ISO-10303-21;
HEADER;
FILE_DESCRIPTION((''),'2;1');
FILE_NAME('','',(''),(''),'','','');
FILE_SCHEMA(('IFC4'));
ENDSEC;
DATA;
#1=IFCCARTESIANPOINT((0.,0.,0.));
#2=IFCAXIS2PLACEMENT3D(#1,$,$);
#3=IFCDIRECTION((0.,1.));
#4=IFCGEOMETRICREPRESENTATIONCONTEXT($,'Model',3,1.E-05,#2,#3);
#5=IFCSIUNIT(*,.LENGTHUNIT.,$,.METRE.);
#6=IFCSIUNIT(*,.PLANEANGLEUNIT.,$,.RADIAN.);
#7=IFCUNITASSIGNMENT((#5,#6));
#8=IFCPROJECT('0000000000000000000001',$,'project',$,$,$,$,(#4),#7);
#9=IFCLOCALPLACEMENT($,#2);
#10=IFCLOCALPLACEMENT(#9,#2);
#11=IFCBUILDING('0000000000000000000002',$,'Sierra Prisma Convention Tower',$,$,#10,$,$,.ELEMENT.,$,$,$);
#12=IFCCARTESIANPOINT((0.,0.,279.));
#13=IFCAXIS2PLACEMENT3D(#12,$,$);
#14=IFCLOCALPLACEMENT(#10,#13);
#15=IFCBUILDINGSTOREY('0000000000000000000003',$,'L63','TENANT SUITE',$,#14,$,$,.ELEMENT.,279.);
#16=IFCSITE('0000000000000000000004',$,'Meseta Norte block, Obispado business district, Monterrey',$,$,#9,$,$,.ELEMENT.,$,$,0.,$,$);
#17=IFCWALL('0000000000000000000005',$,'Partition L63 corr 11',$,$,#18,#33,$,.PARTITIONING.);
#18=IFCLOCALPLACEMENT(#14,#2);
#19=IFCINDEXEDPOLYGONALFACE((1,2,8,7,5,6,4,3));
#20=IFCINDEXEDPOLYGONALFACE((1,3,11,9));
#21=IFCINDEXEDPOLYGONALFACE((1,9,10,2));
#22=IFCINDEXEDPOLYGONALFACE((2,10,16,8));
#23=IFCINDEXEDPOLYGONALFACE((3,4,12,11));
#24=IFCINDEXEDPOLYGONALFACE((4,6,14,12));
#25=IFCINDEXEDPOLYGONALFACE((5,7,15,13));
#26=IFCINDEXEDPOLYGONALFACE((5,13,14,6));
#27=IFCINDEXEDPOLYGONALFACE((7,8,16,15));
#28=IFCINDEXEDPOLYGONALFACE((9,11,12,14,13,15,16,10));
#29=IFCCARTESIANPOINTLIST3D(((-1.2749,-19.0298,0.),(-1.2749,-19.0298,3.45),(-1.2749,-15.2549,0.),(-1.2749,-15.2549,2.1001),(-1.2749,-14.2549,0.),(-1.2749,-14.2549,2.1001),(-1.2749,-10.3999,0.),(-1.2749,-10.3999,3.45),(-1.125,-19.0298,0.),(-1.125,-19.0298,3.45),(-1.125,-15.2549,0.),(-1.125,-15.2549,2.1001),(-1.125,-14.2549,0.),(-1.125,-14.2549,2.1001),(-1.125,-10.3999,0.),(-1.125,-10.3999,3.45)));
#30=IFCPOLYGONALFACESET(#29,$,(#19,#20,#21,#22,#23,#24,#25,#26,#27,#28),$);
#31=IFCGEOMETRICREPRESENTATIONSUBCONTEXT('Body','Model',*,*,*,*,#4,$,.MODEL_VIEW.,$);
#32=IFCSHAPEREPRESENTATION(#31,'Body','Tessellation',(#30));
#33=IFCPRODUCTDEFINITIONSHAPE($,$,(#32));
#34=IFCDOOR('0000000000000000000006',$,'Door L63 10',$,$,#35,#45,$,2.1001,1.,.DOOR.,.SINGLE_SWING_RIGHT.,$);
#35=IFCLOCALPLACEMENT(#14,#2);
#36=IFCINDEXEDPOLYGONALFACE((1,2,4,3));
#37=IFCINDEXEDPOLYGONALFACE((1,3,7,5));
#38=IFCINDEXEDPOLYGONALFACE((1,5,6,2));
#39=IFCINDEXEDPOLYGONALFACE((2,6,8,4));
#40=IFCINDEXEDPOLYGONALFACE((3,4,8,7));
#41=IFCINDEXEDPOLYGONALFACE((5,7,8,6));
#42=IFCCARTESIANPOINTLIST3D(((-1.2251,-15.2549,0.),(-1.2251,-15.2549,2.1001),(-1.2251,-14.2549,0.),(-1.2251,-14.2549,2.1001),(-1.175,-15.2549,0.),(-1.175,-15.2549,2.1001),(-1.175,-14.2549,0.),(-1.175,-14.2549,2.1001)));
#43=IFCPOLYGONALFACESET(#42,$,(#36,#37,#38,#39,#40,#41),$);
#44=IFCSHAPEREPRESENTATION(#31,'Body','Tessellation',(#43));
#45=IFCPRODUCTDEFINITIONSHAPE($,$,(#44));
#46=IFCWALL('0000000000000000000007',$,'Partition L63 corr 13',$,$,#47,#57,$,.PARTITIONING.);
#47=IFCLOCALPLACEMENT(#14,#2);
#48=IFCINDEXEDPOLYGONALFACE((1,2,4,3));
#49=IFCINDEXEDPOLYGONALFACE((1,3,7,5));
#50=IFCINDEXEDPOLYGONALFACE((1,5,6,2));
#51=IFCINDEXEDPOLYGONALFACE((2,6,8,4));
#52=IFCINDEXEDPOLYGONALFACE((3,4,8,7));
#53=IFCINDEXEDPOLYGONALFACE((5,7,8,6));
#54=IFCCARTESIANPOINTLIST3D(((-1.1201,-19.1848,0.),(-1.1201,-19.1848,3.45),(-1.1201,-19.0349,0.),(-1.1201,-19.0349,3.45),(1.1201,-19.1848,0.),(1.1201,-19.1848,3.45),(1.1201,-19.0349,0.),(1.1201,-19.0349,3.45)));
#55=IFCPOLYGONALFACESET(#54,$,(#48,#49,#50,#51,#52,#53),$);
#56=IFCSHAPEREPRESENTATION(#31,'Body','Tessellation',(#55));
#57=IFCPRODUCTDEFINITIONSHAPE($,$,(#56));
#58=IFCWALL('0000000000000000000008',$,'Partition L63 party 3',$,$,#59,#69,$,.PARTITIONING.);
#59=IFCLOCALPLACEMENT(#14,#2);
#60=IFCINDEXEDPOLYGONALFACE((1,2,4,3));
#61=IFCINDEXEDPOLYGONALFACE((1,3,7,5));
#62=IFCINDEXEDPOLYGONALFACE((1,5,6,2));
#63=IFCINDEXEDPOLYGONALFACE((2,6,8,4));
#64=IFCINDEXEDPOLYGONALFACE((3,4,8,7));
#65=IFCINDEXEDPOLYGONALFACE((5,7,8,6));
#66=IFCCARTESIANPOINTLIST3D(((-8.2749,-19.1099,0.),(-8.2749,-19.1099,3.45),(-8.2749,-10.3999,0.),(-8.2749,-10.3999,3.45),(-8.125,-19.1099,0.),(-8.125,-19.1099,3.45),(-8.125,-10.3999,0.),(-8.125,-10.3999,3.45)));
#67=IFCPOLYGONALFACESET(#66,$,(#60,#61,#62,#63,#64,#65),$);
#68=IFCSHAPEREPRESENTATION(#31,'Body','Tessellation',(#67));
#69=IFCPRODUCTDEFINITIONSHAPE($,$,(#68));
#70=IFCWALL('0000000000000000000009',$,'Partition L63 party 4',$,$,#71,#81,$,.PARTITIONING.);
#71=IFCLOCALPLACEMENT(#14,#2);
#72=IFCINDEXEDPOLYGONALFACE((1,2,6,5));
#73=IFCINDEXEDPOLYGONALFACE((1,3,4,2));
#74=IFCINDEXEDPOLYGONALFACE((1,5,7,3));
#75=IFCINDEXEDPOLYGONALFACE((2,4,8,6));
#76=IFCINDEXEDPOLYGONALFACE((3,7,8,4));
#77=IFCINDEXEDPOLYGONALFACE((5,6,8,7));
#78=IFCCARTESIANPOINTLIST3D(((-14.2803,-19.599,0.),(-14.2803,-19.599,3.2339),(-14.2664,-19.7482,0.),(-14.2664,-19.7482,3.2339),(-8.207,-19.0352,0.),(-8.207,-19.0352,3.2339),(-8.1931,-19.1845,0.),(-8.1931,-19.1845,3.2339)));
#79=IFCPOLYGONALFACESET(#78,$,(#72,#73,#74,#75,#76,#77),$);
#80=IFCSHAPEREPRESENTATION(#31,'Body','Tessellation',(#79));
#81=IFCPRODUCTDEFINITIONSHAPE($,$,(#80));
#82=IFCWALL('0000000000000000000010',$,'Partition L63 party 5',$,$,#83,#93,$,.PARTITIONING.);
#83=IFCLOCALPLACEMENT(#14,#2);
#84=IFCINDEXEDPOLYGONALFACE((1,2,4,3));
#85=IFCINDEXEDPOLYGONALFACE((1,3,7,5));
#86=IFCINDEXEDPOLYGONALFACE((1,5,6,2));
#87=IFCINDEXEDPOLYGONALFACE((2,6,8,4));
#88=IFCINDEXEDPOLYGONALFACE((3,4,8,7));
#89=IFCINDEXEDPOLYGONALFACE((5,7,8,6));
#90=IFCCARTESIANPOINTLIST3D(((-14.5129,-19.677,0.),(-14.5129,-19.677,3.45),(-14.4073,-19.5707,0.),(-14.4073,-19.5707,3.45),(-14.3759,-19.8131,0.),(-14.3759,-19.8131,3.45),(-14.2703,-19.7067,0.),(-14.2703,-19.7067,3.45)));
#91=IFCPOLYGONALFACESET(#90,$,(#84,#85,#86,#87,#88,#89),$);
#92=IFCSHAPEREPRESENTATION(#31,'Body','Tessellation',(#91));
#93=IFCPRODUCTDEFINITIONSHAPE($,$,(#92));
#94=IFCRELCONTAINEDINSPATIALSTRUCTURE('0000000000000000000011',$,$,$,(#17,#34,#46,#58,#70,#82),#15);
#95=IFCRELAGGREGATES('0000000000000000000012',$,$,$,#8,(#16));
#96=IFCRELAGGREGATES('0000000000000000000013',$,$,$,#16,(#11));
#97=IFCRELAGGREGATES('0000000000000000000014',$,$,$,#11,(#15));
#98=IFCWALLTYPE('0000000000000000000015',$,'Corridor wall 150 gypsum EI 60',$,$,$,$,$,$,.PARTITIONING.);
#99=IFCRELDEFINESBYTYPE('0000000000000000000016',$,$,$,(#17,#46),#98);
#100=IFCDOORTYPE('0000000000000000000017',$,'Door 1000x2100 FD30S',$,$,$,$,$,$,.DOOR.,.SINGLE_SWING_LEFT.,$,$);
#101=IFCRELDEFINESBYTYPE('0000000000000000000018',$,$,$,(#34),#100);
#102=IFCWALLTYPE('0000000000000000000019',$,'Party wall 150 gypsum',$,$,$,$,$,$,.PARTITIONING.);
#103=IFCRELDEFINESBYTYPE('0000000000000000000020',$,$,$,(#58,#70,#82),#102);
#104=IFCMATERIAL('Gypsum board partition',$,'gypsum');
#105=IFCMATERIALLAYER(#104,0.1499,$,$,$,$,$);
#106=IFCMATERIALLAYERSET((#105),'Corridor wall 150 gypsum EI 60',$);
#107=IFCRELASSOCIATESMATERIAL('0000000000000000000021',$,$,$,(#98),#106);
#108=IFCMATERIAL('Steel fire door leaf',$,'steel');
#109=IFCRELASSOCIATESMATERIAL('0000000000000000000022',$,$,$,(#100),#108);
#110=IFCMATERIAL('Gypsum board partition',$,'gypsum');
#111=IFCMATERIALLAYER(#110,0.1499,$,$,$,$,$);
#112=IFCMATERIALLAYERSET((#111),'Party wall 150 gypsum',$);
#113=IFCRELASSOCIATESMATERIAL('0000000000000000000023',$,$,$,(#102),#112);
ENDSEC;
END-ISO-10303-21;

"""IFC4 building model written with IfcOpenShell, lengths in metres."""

from ifc_helpers import new_model, si_unit, direction, frame, frame_2d, origin, place, context, subcontext, project, spatial, rectangle, extrude, material, layer, layer_set, type_object, element, fill, save


model = new_model("IFC4")

# Units and contexts
model_context = context("Model", 3, precision=1e-05, world=origin(), true_north=direction((0.0, 1.0)))
body_context = subcontext(model_context, "Body", "Model", "MODEL_VIEW")
ifc_project = project(units=[si_unit("LENGTHUNIT", "METRE"), si_unit("PLANEANGLEUNIT", "RADIAN")], contexts=[model_context])

# Site, building, storey
site_placement = place(None, origin())
site = spatial("IfcSite", under=ifc_project, at=site_placement, Name="Meseta Norte block, Obispado business district, Monterrey", CompositionType="ELEMENT", RefElevation=0.0)
building_placement = place(site_placement, origin())
building = spatial("IfcBuilding", under=site, at=building_placement, Name="Sierra Prisma Convention Tower", CompositionType="ELEMENT")
storey_placement = place(building_placement, frame((0.0, 0.0, 279.0)))
storey = spatial("IfcBuildingStorey", under=building, at=storey_placement, Name="L63", Description="TENANT SUITE", CompositionType="ELEMENT", Elevation=279.0)

# Shared definitions
ifc_material_1 = material(Name="Gypsum board partition", Category="gypsum")
ifc_layer_1 = layer(ifc_material_1, 0.1499)
ifc_layer_set_1 = layer_set([ifc_layer_1], Name="Corridor wall 150 gypsum EI 60")
wall_type_1 = type_object("IfcWallType", Name="Corridor wall 150 gypsum EI 60", PredefinedType="PARTITIONING", material=ifc_layer_set_1)

# Wall, opening, door
wall_1_placement = place(storey_placement, frame((-1.2, -10.3999, 0.0), z_axis=(0.0, 0.0, 1.0), x_axis=(0.0, -1.0, 0.0)))
wall_1 = element("IfcWall", 1, at=wall_1_placement, inside=storey, type_object=wall_type_1, Name="Partition L63 corr 11", PredefinedType="PARTITIONING", context=body_context, shape_type="SweptSolid", body=[
    extrude(rectangle(XDim=8.6299, YDim=0.1499, at=frame_2d((4.3149, 0.0))), origin(), (0.0, 0.0, 1.0), 3.45),
])
opening_1_placement = place(wall_1_placement, frame((3.855, 0.0, 0.0)))
opening_1 = element("IfcOpeningElement", 2, at=opening_1_placement, cuts=wall_1, PredefinedType="OPENING", context=body_context, shape_type="SweptSolid", body=[
    extrude(rectangle(XDim=1.0, YDim=2.1001, at=frame_2d((0.5, 1.05))), frame((0.0, 0.075, 0.0), z_axis=(0.0, -1.0, 0.0), x_axis=(1.0, 0.0, 0.0)), (0.0, 0.0, 1.0), 0.1499),
])
ifc_material_2 = material(Name="Steel fire door leaf", Category="steel")
door_type_1 = type_object("IfcDoorType", Name="Door 1000x2100 FD30S", OperationType="SINGLE_SWING_LEFT", PredefinedType="DOOR", material=ifc_material_2)
door_1_placement = place(opening_1_placement, origin())
door_1 = element("IfcDoor", 3, at=door_1_placement, inside=storey, type_object=door_type_1, Name="Door L63 10", OperationType="SINGLE_SWING_RIGHT", OverallHeight=2.1001, OverallWidth=1.0, PredefinedType="DOOR", context=body_context, shape_type="SweptSolid", body=[
    extrude(rectangle(XDim=1.0, YDim=2.1001, at=frame_2d((0.5, 1.05))), frame((0.0, 0.0249, 0.0), z_axis=(0.0, -1.0, 0.0), x_axis=(1.0, 0.0, 0.0)), (0.0, 0.0, 1.0), 0.05),
])
fill(opening_1, door_1)

# Walls
wall_2_placement = place(storey_placement, frame((-1.1201, -19.1099, 0.0), z_axis=(0.0, 0.0, 1.0), x_axis=(1.0, 0.0, 0.0)))
element("IfcWall", 4, at=wall_2_placement, inside=storey, type_object=wall_type_1, Name="Partition L63 corr 13", PredefinedType="PARTITIONING", context=body_context, shape_type="SweptSolid", body=[
    extrude(rectangle(XDim=2.2402, YDim=0.1499, at=frame_2d((1.1201, 0.0))), origin(), (0.0, 0.0, 1.0), 3.45),
])
ifc_material_3 = material(Name="Gypsum board partition", Category="gypsum")
ifc_layer_2 = layer(ifc_material_3, 0.1499)
ifc_layer_set_2 = layer_set([ifc_layer_2], Name="Party wall 150 gypsum")
wall_type_2 = type_object("IfcWallType", Name="Party wall 150 gypsum", PredefinedType="PARTITIONING", material=ifc_layer_set_2)
wall_3_placement = place(storey_placement, frame((-8.2, -10.3999, 0.0), z_axis=(0.0, 0.0, 1.0), x_axis=(0.0, -1.0, 0.0)))
element("IfcWall", 5, at=wall_3_placement, inside=storey, type_object=wall_type_2, Name="Partition L63 party 3", PredefinedType="PARTITIONING", context=body_context, shape_type="SweptSolid", body=[
    extrude(rectangle(XDim=8.71, YDim=0.1499, at=frame_2d((4.355, 0.0))), origin(), (0.0, 0.0, 1.0), 3.45),
])
wall_4_placement = place(storey_placement, frame((-8.2, -19.1099, 0.0), z_axis=(0.0, 0.0, 1.0), x_axis=(-0.99572, -0.092423, 0.0)))
element("IfcWall", 6, at=wall_4_placement, inside=storey, type_object=wall_type_2, Name="Partition L63 party 4", PredefinedType="PARTITIONING", context=body_context, shape_type="SweptSolid", body=[
    extrude(rectangle(XDim=6.0994, YDim=0.1499, at=frame_2d((3.0498, 0.0))), origin(), (0.0, 0.0, 1.0), 3.2339),
])
wall_5_placement = place(storey_placement, frame((-14.323, -19.76, 0.0), z_axis=(0.0, 0.0, 1.0), x_axis=(-0.709632, 0.704572, 0.0)))
element("IfcWall", 7, at=wall_5_placement, inside=storey, type_object=wall_type_2, Name="Partition L63 party 5", PredefinedType="PARTITIONING", context=body_context, shape_type="SweptSolid", body=[
    extrude(rectangle(XDim=0.1931, YDim=0.1499, at=frame_2d((0.0967, 0.0))), origin(), (0.0, 0.0, 1.0), 3.45),
])

save(model, "model.ifc")
